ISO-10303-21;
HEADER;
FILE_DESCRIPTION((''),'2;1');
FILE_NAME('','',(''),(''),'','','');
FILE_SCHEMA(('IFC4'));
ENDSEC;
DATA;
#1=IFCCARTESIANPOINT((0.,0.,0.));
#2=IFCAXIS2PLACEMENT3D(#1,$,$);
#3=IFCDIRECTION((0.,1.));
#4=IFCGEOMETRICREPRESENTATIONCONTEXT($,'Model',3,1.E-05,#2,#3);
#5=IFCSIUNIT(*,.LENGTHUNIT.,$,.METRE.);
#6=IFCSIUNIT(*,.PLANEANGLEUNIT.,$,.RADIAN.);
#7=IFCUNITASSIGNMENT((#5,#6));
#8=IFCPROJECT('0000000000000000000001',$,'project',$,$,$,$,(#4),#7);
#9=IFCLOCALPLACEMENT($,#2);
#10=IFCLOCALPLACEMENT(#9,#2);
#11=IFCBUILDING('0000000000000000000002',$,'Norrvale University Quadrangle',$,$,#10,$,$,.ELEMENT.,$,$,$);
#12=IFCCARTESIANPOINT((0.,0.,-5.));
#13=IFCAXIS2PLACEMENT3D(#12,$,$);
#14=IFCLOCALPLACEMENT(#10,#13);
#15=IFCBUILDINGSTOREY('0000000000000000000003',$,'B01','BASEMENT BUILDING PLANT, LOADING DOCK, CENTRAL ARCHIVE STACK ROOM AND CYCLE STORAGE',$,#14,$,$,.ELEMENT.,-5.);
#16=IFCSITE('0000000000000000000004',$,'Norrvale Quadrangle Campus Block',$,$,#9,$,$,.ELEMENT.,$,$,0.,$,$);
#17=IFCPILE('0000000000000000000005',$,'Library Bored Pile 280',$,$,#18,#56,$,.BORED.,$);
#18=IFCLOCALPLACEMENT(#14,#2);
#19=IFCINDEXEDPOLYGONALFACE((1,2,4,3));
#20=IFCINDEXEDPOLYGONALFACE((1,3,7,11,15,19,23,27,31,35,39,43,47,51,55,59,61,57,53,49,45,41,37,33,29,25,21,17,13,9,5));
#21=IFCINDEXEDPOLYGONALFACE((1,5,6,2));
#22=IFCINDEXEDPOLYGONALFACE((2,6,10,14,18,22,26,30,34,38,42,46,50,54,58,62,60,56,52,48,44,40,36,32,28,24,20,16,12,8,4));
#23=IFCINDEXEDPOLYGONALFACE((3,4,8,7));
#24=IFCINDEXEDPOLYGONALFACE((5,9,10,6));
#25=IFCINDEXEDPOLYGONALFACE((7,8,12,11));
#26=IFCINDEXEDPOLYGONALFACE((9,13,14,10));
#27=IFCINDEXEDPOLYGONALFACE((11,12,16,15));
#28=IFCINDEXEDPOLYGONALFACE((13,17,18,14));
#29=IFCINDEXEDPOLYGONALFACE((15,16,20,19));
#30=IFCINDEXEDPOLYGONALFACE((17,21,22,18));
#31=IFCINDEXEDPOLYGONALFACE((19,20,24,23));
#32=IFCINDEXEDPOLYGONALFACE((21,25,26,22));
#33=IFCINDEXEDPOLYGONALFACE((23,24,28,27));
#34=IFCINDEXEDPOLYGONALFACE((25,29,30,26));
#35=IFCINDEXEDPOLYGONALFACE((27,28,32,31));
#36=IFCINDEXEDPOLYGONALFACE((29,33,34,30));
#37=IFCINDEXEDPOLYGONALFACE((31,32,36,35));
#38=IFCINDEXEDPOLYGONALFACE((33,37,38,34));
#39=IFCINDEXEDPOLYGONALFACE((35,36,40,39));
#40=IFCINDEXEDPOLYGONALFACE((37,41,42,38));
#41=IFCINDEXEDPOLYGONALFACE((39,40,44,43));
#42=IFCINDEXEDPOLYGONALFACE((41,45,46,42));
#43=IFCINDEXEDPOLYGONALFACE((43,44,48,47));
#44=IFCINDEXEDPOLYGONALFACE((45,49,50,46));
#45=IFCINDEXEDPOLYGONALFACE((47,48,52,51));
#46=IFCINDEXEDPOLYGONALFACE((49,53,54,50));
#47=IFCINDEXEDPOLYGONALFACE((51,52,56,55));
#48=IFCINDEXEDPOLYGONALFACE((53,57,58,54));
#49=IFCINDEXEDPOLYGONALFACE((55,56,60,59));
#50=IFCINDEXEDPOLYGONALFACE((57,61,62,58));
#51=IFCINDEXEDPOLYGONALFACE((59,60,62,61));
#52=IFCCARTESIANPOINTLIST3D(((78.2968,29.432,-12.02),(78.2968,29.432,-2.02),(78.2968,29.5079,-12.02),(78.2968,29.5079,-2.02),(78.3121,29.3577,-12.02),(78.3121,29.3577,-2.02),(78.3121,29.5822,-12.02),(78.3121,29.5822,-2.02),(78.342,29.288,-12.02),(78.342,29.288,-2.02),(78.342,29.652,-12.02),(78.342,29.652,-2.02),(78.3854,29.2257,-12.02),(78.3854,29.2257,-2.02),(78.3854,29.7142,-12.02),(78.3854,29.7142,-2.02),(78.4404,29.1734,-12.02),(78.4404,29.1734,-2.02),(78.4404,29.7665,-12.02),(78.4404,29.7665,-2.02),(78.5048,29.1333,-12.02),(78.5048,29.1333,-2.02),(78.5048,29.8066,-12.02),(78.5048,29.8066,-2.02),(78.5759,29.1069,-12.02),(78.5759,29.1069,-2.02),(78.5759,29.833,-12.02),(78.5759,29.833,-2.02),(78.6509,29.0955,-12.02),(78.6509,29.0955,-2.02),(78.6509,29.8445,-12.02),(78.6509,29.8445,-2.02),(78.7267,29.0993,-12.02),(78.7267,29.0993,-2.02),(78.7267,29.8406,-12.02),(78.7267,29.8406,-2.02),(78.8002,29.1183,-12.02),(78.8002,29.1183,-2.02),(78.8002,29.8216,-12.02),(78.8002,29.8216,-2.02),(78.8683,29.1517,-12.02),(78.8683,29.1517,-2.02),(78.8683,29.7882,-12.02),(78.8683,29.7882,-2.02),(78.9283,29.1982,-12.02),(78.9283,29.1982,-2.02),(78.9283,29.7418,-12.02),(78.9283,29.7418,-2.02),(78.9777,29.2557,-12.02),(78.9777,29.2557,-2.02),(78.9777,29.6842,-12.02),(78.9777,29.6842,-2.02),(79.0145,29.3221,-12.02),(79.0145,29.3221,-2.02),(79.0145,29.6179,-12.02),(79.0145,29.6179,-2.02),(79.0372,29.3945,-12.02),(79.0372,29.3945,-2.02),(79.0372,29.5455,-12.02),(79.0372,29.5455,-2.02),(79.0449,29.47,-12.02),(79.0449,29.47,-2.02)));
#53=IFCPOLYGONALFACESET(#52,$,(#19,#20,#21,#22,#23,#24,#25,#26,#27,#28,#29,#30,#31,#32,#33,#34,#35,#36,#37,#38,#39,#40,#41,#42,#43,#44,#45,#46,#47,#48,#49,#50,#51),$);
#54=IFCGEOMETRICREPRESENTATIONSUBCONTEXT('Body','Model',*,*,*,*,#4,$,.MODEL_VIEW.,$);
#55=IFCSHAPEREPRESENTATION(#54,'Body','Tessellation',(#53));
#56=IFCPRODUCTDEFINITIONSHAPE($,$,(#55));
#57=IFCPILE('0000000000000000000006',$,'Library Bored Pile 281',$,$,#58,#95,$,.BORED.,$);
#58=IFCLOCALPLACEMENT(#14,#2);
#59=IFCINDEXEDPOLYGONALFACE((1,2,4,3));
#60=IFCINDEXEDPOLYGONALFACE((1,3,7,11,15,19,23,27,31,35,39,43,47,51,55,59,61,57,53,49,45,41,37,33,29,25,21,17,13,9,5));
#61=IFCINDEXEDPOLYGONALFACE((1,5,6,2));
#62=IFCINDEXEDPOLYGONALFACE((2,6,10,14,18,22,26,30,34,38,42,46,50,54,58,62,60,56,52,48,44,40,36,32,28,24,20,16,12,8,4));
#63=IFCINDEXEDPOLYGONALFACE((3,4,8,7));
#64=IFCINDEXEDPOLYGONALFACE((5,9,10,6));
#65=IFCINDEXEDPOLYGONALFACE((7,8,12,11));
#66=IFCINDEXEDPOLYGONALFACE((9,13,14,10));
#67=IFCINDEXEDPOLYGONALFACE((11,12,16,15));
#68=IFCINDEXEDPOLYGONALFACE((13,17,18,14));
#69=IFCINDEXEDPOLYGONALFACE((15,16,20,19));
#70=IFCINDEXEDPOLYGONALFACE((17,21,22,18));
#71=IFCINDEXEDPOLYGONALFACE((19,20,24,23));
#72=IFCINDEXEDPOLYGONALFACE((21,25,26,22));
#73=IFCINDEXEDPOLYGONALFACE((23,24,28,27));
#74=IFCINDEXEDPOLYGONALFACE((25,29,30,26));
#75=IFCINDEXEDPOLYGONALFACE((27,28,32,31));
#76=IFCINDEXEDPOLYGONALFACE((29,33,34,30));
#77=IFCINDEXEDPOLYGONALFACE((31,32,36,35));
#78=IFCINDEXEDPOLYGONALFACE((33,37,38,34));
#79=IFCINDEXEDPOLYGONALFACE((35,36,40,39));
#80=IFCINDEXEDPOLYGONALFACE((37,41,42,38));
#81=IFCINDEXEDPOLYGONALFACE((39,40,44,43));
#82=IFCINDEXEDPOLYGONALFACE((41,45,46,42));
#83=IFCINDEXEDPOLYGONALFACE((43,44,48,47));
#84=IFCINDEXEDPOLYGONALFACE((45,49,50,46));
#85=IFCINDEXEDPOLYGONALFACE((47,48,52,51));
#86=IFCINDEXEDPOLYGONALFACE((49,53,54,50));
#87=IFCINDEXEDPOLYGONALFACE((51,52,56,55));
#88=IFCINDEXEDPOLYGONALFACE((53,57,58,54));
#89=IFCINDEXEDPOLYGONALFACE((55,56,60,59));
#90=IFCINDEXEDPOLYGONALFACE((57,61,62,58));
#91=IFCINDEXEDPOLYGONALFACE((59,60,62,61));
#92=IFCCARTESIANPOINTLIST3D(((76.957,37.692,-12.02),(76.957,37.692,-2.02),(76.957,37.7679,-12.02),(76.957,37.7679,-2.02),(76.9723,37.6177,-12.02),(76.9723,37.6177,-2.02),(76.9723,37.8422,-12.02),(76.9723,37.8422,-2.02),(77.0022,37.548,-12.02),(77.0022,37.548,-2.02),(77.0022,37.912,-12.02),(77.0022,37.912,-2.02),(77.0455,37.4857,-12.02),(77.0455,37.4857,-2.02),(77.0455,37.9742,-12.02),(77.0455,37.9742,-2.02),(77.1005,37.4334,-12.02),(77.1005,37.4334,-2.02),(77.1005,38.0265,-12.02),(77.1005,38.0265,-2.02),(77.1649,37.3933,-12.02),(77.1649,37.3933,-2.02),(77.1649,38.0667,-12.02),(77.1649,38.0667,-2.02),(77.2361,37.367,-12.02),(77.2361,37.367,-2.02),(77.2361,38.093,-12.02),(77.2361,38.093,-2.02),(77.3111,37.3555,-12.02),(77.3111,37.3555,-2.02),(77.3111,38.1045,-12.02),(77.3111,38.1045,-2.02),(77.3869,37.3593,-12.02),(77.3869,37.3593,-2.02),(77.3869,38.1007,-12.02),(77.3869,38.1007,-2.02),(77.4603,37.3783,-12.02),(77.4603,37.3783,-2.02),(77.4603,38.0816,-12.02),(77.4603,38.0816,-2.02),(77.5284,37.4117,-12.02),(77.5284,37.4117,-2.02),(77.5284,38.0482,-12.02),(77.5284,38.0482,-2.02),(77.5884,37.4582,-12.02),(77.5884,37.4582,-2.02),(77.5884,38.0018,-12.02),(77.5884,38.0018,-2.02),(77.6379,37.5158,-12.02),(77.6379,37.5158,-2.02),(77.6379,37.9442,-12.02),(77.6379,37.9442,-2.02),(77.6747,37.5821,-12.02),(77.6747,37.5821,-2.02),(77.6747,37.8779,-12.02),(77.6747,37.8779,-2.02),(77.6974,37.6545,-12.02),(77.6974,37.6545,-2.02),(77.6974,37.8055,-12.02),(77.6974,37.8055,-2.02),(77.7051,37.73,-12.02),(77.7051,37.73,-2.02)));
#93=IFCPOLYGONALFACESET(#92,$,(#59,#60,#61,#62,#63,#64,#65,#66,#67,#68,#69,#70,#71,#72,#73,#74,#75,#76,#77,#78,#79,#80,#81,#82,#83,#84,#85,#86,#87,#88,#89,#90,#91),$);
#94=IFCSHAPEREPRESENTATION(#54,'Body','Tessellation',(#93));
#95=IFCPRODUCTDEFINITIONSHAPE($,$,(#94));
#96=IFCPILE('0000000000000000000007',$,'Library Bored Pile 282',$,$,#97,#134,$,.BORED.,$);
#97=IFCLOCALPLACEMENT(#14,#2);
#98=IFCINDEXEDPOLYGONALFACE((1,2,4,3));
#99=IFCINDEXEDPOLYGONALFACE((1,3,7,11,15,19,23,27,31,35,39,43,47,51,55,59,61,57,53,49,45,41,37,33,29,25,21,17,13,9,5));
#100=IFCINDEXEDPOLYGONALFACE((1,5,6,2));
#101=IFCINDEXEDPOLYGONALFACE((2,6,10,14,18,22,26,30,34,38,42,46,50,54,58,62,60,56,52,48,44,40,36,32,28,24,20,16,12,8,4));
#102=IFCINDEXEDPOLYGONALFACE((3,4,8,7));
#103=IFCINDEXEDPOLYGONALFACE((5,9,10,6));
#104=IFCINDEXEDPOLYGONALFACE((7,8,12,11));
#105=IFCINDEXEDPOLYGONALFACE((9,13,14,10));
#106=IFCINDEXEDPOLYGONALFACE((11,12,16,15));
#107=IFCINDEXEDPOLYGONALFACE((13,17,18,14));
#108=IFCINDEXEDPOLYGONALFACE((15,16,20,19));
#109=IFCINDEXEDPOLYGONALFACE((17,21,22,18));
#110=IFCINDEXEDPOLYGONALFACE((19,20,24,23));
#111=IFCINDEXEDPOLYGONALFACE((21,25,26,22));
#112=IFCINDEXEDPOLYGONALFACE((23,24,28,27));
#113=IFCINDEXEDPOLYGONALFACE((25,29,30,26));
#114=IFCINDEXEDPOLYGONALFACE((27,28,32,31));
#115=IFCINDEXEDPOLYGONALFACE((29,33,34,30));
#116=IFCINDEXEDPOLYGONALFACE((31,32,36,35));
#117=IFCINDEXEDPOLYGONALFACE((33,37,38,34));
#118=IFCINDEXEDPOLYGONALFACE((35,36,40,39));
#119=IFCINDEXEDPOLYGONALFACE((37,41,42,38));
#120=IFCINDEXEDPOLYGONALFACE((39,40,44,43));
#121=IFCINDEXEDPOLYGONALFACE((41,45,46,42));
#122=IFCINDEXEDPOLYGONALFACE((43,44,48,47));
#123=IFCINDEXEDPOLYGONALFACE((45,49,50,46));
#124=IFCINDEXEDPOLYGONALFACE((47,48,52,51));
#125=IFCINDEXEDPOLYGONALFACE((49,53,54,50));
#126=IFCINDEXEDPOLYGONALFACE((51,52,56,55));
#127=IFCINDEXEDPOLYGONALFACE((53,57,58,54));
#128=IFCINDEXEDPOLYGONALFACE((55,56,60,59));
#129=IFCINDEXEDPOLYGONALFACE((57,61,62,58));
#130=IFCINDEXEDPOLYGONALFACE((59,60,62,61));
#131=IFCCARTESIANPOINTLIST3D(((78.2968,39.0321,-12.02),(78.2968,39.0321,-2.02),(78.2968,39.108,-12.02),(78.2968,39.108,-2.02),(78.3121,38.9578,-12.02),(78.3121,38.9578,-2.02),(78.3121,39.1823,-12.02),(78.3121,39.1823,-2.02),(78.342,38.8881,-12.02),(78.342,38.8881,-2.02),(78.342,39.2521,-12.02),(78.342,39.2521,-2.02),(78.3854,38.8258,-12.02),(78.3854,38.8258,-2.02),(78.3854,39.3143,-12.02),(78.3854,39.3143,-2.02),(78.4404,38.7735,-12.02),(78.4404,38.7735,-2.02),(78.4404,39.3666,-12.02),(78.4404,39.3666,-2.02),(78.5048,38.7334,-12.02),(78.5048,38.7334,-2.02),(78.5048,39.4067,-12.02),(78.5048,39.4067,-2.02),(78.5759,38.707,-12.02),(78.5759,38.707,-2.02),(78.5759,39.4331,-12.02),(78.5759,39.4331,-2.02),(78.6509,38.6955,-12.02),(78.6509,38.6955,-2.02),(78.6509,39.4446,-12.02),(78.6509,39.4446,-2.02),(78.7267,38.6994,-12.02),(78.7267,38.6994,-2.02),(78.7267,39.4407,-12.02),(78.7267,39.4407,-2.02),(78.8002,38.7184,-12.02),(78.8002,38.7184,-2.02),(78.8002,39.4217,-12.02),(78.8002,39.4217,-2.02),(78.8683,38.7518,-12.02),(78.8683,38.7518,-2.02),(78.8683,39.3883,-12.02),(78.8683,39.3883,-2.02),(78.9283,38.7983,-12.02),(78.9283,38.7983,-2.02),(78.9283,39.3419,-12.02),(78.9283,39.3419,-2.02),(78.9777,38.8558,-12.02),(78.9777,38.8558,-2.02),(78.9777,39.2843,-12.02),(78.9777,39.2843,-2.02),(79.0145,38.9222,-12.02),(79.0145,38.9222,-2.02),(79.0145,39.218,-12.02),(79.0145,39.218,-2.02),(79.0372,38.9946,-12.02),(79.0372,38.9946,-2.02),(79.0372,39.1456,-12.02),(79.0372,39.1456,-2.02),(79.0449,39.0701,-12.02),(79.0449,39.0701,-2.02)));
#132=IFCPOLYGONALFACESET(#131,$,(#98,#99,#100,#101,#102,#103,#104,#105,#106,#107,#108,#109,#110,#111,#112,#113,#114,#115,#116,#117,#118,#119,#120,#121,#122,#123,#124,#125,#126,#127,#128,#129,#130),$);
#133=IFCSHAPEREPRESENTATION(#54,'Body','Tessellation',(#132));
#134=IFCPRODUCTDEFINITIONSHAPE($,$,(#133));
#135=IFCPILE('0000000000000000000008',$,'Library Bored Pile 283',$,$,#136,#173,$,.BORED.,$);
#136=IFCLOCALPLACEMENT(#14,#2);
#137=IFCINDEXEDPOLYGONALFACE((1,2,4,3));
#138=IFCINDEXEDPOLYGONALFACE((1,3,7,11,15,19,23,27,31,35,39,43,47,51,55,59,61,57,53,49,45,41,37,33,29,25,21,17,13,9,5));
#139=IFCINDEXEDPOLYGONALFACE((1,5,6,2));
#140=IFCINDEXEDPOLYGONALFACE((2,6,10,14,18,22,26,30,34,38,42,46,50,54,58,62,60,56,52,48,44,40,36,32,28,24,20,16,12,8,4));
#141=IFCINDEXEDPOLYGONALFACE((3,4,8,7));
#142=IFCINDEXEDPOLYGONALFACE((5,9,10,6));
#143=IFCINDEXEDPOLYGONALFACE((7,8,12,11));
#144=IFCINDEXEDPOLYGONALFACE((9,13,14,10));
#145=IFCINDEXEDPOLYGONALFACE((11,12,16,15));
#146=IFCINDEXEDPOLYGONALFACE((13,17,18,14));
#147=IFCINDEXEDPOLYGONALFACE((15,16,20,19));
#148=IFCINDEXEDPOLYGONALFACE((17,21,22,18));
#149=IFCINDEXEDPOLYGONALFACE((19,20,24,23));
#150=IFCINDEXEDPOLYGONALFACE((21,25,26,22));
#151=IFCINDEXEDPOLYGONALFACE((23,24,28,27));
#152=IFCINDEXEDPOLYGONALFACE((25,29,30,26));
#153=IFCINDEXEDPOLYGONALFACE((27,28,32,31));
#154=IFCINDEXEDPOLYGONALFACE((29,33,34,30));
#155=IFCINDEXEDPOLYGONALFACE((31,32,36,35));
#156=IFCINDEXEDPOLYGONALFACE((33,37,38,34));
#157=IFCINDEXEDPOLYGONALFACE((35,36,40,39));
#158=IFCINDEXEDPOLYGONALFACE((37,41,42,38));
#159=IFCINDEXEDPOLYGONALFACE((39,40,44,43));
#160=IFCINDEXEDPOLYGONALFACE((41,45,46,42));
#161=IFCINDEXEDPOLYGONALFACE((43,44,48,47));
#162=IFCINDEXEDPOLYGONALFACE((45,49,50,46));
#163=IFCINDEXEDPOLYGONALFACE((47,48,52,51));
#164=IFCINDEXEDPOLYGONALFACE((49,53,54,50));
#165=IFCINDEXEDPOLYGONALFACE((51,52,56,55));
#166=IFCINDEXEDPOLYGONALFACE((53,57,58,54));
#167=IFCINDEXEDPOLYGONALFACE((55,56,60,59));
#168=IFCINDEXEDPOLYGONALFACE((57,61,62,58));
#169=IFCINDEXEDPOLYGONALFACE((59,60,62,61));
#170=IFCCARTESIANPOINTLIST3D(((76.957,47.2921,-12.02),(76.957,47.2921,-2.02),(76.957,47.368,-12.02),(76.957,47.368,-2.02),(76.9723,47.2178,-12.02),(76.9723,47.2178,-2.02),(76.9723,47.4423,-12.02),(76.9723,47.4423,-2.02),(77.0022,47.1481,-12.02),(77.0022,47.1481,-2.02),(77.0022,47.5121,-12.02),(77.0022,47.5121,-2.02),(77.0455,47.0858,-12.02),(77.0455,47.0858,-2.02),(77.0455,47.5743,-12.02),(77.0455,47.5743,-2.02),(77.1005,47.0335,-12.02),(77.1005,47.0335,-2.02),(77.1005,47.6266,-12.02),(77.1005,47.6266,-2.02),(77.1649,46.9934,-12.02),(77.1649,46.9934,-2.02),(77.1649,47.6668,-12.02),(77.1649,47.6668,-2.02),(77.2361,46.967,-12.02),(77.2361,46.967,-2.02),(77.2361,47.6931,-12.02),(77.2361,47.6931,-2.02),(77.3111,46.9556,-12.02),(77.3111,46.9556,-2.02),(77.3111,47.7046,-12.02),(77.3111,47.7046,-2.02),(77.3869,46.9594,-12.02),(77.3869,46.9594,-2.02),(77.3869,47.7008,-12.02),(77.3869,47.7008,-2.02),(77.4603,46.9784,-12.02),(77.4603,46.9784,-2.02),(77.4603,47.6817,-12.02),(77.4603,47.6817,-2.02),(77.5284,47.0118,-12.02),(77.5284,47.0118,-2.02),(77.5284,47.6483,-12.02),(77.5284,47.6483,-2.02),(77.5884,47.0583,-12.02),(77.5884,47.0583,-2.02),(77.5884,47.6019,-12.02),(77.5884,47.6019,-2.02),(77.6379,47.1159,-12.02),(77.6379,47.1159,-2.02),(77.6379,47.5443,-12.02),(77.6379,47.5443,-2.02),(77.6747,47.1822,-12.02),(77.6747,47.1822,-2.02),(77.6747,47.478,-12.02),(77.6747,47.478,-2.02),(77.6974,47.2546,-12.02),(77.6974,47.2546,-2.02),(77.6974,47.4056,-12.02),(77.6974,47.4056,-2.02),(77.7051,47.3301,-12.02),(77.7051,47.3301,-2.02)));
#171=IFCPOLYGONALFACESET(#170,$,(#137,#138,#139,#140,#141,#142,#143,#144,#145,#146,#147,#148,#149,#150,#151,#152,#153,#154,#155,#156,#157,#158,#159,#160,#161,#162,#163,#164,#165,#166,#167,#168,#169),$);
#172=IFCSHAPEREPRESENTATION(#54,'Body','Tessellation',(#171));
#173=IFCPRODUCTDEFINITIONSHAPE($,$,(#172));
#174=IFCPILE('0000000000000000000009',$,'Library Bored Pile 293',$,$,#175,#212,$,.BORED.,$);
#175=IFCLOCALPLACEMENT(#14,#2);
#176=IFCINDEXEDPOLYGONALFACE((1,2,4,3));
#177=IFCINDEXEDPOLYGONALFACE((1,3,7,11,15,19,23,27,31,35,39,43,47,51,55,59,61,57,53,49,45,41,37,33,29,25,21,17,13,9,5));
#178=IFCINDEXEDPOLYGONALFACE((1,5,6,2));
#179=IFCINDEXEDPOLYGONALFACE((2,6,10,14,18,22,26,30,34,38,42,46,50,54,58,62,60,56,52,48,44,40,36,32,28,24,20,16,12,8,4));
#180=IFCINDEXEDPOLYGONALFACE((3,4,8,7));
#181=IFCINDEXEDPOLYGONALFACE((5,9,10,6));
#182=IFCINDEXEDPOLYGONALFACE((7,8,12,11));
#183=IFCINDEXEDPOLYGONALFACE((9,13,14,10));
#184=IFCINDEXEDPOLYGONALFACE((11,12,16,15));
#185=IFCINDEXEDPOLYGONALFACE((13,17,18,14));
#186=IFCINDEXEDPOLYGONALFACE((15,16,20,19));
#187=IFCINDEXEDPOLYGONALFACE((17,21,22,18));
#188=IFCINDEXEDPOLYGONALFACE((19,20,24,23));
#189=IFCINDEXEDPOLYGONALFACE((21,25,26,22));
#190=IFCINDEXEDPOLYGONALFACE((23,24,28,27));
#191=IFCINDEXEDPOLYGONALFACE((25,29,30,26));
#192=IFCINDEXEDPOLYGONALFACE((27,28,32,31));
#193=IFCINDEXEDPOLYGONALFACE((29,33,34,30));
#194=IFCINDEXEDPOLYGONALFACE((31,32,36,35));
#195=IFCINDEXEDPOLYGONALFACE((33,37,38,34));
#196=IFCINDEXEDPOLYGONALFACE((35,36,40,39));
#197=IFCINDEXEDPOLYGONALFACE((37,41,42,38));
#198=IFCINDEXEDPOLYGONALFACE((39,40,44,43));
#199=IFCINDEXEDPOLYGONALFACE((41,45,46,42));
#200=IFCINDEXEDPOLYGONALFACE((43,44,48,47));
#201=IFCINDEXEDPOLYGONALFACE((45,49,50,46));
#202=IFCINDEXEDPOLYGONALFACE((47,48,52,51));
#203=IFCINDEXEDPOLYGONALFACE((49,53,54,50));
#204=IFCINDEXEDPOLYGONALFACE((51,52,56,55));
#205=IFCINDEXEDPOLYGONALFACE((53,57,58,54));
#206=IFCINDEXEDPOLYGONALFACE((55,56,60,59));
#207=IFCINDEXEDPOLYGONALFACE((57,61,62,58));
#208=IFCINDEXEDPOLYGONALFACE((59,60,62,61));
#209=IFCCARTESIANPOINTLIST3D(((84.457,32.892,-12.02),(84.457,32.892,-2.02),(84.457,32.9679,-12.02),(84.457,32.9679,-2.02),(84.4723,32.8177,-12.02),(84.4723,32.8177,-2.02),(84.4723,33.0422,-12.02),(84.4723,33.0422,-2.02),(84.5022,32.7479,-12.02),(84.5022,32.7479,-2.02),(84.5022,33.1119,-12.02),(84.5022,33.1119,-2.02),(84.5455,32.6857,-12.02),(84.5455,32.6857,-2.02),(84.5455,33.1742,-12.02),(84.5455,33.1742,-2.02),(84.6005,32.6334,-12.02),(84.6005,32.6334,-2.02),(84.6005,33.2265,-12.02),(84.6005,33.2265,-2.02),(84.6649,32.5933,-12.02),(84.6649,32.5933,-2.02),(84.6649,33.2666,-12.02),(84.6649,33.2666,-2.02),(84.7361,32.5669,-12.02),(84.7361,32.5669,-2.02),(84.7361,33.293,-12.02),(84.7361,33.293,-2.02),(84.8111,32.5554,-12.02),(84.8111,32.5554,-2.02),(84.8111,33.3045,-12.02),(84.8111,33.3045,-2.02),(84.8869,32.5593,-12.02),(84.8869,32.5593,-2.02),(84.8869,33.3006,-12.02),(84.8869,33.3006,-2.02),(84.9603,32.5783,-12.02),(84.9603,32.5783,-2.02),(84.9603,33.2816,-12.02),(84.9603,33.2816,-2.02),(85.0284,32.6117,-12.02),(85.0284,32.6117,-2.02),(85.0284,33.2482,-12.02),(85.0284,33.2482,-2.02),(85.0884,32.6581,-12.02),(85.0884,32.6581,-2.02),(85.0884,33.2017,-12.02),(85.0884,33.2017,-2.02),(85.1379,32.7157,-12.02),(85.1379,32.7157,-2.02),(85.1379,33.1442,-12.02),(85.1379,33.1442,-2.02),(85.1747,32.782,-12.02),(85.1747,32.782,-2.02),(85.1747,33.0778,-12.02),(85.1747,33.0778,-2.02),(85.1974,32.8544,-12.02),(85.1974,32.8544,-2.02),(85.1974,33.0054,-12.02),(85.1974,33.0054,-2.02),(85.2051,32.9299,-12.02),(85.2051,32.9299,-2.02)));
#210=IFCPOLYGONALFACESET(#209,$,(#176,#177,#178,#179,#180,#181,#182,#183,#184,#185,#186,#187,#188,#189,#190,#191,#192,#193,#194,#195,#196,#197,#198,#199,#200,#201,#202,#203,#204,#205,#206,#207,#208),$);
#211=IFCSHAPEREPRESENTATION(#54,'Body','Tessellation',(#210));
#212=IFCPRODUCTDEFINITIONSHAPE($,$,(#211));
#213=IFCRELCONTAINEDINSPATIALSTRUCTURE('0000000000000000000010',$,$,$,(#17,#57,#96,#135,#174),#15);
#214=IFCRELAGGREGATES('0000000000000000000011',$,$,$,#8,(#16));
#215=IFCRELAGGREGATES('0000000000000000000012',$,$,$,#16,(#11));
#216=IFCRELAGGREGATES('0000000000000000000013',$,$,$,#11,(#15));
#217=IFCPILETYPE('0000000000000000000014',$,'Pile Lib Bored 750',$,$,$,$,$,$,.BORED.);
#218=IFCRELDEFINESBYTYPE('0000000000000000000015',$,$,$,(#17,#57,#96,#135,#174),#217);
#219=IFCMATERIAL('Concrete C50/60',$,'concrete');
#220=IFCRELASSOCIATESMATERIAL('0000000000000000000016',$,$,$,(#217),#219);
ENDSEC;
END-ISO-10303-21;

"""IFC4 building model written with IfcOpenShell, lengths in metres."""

from ifc_helpers import new_model, si_unit, direction, frame, origin, origin_2d, place, context, subcontext, project, spatial, circle, extrude, material, material_profile, profile_set, type_object, element, save


model = new_model("IFC4")

# Units and contexts
model_context = context("Model", 3, precision=1e-05, world=origin(), true_north=direction((0.0, 1.0)))
body_context = subcontext(model_context, "Body", "Model", "MODEL_VIEW")
ifc_project = project(units=[si_unit("LENGTHUNIT", "METRE"), si_unit("PLANEANGLEUNIT", "RADIAN")], contexts=[model_context])

# Site, building, storey
site_placement = place(None, origin())
site = spatial("IfcSite", under=ifc_project, at=site_placement, Name="Norrvale Quadrangle Campus Block", CompositionType="ELEMENT", RefElevation=0.0)
building_placement = place(site_placement, origin())
building = spatial("IfcBuilding", under=site, at=building_placement, Name="Norrvale University Quadrangle", CompositionType="ELEMENT")
storey_placement = place(building_placement, frame((0.0, 0.0, -5.0)))
storey = spatial("IfcBuildingStorey", under=building, at=storey_placement, Name="B01", Description="BASEMENT BUILDING PLANT, LOADING DOCK, CENTRAL ARCHIVE STACK ROOM AND CYCLE STORAGE", CompositionType="ELEMENT", Elevation=-5.0)

# Shared definitions
ifc_material_1 = material(Name="Concrete C50/60", Category="concrete")

# Piles
ifc_material_profile_1 = material_profile(ifc_material_1, circle(Radius=0.375, at=origin_2d()), Name="Concrete C50/60")
ifc_profile_set_1 = profile_set([ifc_material_profile_1], Name="Concrete C50/60")
pile_type_1 = type_object("IfcPileType", Name="Pile Lib Bored 750", PredefinedType="BORED", material=ifc_profile_set_1)
for number, where, z_axis, x_axis, name in (
    (1, (78.6699, 29.47, -2.02), (0.0, 0.0, -1.0), (1.0, 0.0, 0.0), "Library Bored Pile 280"),
    (2, (77.3301, 37.73, -2.02), (0.0, 0.0, -1.0), (1.0, 0.0, 0.0), "Library Bored Pile 281"),
    (3, (78.6699, 39.0701, -2.02), (0.0, 0.0, -1.0), (1.0, 0.0, 0.0), "Library Bored Pile 282"),
    (4, (77.3301, 47.3301, -2.02), (0.0, 0.0, -1.0), (1.0, 0.0, 0.0), "Library Bored Pile 283"),
    (5, (84.8301, 32.9299, -2.02), (0.0, 0.0, -1.0), (1.0, 0.0, 0.0), "Library Bored Pile 293"),
):
    element("IfcPile", number, at=place(storey_placement, frame(where, z_axis=z_axis, x_axis=x_axis)), inside=storey, type_object=pile_type_1, Name=name, PredefinedType="BORED", context=body_context, shape_type="SweptSolid", body=[
        extrude(circle(Radius=0.375, at=origin_2d()), origin(), (0.0, 0.0, 1.0), 10.0),
    ])

save(model, "model.ifc")
